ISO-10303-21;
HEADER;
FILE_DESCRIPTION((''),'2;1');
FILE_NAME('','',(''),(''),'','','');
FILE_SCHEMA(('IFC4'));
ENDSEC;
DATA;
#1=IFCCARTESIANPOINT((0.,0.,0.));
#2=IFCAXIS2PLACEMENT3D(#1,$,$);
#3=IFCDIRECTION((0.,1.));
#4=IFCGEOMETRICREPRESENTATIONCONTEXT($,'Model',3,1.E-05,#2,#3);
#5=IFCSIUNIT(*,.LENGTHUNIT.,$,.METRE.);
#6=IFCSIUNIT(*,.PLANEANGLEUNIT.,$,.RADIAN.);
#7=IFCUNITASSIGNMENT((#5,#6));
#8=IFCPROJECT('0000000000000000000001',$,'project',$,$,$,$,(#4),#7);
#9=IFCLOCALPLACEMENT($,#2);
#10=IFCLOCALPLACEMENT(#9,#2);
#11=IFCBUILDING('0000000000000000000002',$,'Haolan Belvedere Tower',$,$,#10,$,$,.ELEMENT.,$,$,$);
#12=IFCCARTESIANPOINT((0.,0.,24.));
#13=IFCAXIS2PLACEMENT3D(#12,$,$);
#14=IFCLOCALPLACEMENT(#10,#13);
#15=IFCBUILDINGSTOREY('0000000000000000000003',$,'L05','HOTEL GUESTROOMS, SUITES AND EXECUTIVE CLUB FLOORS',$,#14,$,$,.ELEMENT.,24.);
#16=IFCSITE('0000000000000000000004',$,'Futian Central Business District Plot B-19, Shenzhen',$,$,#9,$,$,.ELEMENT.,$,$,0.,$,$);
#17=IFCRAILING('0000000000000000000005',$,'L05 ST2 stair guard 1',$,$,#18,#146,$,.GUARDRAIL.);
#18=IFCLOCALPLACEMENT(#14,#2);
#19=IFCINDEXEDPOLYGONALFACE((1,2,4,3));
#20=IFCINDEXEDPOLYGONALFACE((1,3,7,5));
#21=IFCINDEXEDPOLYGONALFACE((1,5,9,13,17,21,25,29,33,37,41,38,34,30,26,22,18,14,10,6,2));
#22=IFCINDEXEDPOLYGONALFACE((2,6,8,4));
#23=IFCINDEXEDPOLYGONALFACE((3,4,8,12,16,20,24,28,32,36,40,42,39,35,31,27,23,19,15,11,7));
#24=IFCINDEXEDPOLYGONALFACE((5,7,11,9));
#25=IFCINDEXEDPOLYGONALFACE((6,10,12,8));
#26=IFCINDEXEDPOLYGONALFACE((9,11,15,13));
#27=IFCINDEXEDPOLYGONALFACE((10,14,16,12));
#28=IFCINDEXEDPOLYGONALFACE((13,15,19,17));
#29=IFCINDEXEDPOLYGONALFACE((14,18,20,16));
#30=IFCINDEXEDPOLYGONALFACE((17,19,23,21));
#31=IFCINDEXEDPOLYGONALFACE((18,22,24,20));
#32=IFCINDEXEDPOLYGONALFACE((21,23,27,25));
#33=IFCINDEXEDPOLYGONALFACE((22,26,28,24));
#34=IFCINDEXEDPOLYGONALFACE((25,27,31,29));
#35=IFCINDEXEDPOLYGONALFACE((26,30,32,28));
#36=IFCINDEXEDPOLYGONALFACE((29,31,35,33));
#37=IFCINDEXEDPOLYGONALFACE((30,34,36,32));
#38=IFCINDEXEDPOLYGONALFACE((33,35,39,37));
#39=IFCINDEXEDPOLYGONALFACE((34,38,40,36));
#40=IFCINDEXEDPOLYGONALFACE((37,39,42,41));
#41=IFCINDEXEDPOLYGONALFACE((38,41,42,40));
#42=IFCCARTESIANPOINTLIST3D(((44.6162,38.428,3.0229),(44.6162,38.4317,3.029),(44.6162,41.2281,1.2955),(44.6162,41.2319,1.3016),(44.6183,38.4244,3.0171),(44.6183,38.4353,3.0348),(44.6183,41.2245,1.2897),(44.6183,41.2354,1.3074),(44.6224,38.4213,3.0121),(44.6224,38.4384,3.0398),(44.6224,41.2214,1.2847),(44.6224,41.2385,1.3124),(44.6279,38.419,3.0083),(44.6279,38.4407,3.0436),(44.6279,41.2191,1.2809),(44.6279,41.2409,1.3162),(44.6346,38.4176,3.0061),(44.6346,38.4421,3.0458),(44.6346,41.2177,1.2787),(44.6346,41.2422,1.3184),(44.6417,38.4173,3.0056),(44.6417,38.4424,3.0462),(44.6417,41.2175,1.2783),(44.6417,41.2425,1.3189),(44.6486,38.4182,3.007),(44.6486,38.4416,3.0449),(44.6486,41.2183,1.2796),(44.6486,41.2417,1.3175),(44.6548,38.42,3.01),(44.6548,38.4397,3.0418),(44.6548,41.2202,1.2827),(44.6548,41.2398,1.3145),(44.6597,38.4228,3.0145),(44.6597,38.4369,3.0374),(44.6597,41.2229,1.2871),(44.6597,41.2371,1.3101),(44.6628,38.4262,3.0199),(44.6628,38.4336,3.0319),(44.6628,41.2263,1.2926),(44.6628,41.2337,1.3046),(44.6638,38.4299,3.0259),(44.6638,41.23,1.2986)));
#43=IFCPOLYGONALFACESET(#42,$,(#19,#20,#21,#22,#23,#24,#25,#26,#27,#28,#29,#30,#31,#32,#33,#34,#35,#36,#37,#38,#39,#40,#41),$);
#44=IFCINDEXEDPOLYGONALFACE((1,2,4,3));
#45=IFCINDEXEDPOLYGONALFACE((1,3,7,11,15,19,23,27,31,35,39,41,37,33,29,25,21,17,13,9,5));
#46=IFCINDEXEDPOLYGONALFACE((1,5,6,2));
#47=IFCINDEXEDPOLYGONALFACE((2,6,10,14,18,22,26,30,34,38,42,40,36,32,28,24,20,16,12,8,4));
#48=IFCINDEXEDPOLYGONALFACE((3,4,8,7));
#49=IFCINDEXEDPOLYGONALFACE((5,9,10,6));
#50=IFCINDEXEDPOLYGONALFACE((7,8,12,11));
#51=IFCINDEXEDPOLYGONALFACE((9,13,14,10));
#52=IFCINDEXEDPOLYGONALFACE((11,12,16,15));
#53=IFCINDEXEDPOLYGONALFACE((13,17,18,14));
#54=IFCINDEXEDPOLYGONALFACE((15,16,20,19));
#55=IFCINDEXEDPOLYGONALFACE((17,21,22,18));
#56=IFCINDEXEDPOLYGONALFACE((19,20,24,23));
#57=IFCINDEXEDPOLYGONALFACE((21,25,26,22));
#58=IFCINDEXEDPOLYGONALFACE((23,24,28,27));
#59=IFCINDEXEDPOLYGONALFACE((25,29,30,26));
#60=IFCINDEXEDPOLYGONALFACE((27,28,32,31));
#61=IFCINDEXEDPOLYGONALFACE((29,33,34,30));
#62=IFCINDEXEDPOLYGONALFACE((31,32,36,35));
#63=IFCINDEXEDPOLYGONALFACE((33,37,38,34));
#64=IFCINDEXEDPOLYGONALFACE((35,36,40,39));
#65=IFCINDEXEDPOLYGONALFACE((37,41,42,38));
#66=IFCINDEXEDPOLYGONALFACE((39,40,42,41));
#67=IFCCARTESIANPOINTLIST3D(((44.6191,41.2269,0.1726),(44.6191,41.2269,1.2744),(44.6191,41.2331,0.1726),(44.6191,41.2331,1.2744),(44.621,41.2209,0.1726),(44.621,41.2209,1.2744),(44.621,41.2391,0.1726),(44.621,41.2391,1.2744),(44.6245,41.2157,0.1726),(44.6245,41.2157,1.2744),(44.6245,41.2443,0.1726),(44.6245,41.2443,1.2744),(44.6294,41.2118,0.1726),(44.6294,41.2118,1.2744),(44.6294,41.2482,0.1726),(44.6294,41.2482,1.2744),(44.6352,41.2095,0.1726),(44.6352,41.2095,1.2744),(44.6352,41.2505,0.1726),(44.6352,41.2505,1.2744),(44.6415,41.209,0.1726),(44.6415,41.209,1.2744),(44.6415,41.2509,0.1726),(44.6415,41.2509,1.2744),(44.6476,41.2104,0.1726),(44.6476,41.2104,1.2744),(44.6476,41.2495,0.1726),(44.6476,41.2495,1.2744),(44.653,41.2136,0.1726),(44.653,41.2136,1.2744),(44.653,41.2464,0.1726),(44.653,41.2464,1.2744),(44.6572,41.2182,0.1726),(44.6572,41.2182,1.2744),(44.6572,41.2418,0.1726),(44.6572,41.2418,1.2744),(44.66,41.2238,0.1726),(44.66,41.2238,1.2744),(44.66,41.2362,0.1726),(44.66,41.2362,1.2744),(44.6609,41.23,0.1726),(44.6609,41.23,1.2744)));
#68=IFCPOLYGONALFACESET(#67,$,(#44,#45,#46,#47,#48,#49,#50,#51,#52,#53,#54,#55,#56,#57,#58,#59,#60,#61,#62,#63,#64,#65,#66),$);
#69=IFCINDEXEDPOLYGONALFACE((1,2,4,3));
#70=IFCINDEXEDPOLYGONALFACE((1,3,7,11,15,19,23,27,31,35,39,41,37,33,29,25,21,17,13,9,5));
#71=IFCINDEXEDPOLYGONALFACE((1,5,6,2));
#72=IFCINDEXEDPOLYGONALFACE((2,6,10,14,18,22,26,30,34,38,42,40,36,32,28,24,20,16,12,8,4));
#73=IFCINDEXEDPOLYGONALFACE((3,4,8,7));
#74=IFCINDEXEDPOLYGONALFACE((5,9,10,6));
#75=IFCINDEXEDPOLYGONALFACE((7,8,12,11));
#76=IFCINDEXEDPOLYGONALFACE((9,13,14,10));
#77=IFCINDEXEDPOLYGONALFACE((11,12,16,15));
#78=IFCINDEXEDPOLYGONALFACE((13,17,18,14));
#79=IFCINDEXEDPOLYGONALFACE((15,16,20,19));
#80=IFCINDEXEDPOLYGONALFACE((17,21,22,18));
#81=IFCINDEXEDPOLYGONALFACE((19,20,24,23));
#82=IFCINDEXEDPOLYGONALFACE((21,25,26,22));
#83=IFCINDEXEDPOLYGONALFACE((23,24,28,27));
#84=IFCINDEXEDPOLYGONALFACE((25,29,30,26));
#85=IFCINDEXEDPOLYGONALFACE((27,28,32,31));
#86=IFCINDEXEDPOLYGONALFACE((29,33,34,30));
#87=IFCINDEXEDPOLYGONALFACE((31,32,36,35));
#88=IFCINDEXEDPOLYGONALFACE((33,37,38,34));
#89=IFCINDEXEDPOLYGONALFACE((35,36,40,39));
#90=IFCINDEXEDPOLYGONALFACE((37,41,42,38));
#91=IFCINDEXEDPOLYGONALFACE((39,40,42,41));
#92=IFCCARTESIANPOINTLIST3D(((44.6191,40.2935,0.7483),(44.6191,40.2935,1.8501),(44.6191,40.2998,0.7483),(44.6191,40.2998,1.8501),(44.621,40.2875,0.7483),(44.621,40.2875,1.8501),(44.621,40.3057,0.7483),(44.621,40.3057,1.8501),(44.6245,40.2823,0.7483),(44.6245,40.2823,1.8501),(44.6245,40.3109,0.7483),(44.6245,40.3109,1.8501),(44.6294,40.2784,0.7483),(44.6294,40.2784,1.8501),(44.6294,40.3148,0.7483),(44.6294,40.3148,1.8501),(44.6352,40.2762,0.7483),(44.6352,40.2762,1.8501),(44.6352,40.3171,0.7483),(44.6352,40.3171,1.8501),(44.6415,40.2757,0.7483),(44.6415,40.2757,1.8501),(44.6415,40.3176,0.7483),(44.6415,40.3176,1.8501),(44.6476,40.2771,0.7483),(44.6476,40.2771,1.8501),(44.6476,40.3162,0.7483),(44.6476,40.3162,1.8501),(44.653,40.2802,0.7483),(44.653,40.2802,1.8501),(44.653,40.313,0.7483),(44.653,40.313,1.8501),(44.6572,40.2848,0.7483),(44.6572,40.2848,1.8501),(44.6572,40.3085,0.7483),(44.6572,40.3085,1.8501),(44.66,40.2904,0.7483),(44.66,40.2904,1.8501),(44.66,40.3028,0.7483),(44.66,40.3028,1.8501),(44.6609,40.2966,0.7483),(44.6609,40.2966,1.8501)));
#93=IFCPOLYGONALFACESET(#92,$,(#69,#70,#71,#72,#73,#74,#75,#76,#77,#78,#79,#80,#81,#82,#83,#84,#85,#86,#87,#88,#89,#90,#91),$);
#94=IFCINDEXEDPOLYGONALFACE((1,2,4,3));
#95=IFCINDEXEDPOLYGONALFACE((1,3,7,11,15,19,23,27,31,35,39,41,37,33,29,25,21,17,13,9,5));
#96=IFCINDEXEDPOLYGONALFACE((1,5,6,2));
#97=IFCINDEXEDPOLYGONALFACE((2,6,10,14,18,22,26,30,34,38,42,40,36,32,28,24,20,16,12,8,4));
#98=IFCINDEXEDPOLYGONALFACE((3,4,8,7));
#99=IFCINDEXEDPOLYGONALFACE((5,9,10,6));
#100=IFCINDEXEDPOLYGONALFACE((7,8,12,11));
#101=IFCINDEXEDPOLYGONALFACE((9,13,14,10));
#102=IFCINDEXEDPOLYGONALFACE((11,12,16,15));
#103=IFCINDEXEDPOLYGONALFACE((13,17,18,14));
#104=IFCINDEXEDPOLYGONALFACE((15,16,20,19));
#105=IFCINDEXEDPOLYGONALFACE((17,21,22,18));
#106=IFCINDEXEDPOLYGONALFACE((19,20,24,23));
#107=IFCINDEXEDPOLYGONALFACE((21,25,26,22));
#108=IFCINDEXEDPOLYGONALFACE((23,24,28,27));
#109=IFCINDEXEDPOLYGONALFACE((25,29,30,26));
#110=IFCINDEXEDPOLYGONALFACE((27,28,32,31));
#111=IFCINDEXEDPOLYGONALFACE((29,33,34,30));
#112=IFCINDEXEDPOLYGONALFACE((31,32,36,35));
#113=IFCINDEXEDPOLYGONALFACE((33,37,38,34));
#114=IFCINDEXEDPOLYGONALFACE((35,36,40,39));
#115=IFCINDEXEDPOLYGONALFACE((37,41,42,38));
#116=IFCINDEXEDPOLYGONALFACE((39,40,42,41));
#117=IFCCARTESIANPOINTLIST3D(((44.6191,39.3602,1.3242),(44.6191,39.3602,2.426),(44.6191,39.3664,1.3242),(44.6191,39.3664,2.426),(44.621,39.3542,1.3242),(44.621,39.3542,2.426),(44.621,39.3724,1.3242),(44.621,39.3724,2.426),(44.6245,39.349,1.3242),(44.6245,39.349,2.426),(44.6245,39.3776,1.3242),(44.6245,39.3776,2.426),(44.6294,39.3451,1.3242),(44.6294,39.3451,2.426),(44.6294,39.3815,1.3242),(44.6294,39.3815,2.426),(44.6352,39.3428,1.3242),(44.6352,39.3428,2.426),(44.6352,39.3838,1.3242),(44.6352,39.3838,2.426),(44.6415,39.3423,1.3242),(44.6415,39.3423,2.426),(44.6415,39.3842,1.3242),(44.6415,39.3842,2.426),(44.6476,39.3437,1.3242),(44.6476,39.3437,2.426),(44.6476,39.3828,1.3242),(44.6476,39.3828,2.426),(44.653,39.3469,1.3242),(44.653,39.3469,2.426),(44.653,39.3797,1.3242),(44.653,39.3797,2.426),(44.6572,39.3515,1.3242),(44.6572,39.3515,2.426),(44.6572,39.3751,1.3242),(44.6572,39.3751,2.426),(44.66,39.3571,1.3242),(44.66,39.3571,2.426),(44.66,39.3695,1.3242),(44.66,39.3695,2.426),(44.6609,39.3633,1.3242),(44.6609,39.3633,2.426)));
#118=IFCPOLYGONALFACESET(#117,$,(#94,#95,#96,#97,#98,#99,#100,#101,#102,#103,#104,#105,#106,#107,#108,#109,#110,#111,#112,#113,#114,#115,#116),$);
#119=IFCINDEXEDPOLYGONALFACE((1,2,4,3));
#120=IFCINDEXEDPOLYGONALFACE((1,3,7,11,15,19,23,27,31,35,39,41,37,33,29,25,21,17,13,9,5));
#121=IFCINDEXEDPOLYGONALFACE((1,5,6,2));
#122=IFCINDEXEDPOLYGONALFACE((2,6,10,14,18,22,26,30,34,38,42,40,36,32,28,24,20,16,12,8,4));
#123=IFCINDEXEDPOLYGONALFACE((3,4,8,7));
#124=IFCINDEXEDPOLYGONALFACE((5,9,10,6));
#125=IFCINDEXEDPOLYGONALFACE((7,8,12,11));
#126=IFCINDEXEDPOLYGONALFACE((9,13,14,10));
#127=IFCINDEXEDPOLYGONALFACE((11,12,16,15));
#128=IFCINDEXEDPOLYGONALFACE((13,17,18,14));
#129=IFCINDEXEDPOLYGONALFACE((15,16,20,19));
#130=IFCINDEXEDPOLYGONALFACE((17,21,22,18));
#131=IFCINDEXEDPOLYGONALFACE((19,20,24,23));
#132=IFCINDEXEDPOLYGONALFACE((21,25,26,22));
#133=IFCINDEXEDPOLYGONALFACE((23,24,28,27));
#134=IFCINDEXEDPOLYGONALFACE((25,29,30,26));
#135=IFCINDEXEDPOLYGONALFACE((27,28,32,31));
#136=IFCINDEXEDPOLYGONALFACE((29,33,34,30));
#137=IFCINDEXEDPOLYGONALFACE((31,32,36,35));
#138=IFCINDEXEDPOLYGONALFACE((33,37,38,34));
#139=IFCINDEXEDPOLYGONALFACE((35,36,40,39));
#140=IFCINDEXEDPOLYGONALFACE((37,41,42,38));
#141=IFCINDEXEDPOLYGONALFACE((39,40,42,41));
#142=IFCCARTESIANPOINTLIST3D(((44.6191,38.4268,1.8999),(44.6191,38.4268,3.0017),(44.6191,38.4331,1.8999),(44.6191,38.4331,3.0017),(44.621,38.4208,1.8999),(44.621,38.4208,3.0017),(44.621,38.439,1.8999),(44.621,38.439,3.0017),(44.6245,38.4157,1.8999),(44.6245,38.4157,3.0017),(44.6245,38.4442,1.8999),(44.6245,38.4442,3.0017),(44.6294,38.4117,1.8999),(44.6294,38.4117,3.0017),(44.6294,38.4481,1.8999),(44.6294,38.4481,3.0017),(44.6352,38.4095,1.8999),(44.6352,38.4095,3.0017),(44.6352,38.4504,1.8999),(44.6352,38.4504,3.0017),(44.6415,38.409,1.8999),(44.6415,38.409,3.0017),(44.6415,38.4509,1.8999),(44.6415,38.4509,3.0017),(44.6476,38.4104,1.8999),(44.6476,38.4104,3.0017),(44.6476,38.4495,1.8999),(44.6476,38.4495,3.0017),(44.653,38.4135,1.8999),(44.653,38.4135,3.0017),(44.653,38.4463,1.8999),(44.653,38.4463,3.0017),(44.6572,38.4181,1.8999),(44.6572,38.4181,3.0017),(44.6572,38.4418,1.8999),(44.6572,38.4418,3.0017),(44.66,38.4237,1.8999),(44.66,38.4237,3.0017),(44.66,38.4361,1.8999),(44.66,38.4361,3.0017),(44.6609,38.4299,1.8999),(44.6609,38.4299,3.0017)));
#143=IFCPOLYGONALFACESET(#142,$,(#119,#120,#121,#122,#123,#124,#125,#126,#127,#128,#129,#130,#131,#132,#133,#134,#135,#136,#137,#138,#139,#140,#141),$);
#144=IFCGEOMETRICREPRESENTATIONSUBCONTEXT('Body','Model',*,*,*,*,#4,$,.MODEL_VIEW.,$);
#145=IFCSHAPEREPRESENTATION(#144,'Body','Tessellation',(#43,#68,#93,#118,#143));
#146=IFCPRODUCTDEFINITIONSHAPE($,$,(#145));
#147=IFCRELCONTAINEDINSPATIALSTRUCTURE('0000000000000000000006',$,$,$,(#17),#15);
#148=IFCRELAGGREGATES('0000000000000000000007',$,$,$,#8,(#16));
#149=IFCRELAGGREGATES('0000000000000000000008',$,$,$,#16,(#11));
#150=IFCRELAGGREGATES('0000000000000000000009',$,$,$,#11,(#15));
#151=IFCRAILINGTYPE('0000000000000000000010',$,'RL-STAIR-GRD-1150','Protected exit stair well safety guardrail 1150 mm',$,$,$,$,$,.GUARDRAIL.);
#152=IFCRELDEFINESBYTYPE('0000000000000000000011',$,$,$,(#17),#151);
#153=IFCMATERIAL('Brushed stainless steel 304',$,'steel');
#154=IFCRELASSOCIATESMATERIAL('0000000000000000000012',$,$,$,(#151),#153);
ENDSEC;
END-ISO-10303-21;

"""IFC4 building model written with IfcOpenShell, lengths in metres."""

from ifc_helpers import new_model, si_unit, direction, frame, origin, origin_2d, place, context, subcontext, project, spatial, circle, extrude, material, type_object, element, save


model = new_model("IFC4")

# Units and contexts
model_context = context("Model", 3, precision=1e-05, world=origin(), true_north=direction((0.0, 1.0)))
body_context = subcontext(model_context, "Body", "Model", "MODEL_VIEW")
ifc_project = project(units=[si_unit("LENGTHUNIT", "METRE"), si_unit("PLANEANGLEUNIT", "RADIAN")], contexts=[model_context])

# Site, building, storey
site_placement = place(None, origin())
site = spatial("IfcSite", under=ifc_project, at=site_placement, Name="Futian Central Business District Plot B-19, Shenzhen", CompositionType="ELEMENT", RefElevation=0.0)
building_placement = place(site_placement, origin())
building = spatial("IfcBuilding", under=site, at=building_placement, Name="Haolan Belvedere Tower", CompositionType="ELEMENT")
storey_placement = place(building_placement, frame((0.0, 0.0, 24.0)))
storey = spatial("IfcBuildingStorey", under=building, at=storey_placement, Name="L05", Description="HOTEL GUESTROOMS, SUITES AND EXECUTIVE CLUB FLOORS", CompositionType="ELEMENT", Elevation=24.0)

# Railing
ifc_material_1 = material(Name="Brushed stainless steel 304", Category="steel")
railing_type_1 = type_object("IfcRailingType", Name="RL-STAIR-GRD-1150", Description="Protected exit stair well safety guardrail 1150 mm", PredefinedType="GUARDRAIL", material=ifc_material_1)
railing_1_placement = place(storey_placement, frame((44.6399, 41.23, 0.1726)))
element("IfcRailing", 1, at=railing_1_placement, inside=storey, type_object=railing_type_1, Name="L05 ST2 stair guard 1", PredefinedType="GUARDRAIL", context=body_context, shape_type="SweptSolid", body=[
    extrude(circle(Radius=0.0239, at=origin_2d()), frame((0.0, 0.0, 1.126), z_axis=(0.0, -0.85109, 0.52502), x_axis=(1.0, 0.0, 0.0)), (0.0, 0.0, 1.0), 3.29),
    extrude(circle(Radius=0.021, at=origin_2d()), origin(), (0.0, 0.0, 1.0), 1.1018),
    extrude(circle(Radius=0.021, at=origin_2d()), frame((0.0, -0.9333, 0.5757)), (0.0, 0.0, 1.0), 1.1018),
    extrude(circle(Radius=0.021, at=origin_2d()), frame((0.0, -1.8667, 1.1516)), (0.0, 0.0, 1.0), 1.1018),
    extrude(circle(Radius=0.021, at=origin_2d()), frame((0.0, -2.8, 1.7273)), (0.0, 0.0, 1.0), 1.1018),
])

save(model, "model.ifc")
